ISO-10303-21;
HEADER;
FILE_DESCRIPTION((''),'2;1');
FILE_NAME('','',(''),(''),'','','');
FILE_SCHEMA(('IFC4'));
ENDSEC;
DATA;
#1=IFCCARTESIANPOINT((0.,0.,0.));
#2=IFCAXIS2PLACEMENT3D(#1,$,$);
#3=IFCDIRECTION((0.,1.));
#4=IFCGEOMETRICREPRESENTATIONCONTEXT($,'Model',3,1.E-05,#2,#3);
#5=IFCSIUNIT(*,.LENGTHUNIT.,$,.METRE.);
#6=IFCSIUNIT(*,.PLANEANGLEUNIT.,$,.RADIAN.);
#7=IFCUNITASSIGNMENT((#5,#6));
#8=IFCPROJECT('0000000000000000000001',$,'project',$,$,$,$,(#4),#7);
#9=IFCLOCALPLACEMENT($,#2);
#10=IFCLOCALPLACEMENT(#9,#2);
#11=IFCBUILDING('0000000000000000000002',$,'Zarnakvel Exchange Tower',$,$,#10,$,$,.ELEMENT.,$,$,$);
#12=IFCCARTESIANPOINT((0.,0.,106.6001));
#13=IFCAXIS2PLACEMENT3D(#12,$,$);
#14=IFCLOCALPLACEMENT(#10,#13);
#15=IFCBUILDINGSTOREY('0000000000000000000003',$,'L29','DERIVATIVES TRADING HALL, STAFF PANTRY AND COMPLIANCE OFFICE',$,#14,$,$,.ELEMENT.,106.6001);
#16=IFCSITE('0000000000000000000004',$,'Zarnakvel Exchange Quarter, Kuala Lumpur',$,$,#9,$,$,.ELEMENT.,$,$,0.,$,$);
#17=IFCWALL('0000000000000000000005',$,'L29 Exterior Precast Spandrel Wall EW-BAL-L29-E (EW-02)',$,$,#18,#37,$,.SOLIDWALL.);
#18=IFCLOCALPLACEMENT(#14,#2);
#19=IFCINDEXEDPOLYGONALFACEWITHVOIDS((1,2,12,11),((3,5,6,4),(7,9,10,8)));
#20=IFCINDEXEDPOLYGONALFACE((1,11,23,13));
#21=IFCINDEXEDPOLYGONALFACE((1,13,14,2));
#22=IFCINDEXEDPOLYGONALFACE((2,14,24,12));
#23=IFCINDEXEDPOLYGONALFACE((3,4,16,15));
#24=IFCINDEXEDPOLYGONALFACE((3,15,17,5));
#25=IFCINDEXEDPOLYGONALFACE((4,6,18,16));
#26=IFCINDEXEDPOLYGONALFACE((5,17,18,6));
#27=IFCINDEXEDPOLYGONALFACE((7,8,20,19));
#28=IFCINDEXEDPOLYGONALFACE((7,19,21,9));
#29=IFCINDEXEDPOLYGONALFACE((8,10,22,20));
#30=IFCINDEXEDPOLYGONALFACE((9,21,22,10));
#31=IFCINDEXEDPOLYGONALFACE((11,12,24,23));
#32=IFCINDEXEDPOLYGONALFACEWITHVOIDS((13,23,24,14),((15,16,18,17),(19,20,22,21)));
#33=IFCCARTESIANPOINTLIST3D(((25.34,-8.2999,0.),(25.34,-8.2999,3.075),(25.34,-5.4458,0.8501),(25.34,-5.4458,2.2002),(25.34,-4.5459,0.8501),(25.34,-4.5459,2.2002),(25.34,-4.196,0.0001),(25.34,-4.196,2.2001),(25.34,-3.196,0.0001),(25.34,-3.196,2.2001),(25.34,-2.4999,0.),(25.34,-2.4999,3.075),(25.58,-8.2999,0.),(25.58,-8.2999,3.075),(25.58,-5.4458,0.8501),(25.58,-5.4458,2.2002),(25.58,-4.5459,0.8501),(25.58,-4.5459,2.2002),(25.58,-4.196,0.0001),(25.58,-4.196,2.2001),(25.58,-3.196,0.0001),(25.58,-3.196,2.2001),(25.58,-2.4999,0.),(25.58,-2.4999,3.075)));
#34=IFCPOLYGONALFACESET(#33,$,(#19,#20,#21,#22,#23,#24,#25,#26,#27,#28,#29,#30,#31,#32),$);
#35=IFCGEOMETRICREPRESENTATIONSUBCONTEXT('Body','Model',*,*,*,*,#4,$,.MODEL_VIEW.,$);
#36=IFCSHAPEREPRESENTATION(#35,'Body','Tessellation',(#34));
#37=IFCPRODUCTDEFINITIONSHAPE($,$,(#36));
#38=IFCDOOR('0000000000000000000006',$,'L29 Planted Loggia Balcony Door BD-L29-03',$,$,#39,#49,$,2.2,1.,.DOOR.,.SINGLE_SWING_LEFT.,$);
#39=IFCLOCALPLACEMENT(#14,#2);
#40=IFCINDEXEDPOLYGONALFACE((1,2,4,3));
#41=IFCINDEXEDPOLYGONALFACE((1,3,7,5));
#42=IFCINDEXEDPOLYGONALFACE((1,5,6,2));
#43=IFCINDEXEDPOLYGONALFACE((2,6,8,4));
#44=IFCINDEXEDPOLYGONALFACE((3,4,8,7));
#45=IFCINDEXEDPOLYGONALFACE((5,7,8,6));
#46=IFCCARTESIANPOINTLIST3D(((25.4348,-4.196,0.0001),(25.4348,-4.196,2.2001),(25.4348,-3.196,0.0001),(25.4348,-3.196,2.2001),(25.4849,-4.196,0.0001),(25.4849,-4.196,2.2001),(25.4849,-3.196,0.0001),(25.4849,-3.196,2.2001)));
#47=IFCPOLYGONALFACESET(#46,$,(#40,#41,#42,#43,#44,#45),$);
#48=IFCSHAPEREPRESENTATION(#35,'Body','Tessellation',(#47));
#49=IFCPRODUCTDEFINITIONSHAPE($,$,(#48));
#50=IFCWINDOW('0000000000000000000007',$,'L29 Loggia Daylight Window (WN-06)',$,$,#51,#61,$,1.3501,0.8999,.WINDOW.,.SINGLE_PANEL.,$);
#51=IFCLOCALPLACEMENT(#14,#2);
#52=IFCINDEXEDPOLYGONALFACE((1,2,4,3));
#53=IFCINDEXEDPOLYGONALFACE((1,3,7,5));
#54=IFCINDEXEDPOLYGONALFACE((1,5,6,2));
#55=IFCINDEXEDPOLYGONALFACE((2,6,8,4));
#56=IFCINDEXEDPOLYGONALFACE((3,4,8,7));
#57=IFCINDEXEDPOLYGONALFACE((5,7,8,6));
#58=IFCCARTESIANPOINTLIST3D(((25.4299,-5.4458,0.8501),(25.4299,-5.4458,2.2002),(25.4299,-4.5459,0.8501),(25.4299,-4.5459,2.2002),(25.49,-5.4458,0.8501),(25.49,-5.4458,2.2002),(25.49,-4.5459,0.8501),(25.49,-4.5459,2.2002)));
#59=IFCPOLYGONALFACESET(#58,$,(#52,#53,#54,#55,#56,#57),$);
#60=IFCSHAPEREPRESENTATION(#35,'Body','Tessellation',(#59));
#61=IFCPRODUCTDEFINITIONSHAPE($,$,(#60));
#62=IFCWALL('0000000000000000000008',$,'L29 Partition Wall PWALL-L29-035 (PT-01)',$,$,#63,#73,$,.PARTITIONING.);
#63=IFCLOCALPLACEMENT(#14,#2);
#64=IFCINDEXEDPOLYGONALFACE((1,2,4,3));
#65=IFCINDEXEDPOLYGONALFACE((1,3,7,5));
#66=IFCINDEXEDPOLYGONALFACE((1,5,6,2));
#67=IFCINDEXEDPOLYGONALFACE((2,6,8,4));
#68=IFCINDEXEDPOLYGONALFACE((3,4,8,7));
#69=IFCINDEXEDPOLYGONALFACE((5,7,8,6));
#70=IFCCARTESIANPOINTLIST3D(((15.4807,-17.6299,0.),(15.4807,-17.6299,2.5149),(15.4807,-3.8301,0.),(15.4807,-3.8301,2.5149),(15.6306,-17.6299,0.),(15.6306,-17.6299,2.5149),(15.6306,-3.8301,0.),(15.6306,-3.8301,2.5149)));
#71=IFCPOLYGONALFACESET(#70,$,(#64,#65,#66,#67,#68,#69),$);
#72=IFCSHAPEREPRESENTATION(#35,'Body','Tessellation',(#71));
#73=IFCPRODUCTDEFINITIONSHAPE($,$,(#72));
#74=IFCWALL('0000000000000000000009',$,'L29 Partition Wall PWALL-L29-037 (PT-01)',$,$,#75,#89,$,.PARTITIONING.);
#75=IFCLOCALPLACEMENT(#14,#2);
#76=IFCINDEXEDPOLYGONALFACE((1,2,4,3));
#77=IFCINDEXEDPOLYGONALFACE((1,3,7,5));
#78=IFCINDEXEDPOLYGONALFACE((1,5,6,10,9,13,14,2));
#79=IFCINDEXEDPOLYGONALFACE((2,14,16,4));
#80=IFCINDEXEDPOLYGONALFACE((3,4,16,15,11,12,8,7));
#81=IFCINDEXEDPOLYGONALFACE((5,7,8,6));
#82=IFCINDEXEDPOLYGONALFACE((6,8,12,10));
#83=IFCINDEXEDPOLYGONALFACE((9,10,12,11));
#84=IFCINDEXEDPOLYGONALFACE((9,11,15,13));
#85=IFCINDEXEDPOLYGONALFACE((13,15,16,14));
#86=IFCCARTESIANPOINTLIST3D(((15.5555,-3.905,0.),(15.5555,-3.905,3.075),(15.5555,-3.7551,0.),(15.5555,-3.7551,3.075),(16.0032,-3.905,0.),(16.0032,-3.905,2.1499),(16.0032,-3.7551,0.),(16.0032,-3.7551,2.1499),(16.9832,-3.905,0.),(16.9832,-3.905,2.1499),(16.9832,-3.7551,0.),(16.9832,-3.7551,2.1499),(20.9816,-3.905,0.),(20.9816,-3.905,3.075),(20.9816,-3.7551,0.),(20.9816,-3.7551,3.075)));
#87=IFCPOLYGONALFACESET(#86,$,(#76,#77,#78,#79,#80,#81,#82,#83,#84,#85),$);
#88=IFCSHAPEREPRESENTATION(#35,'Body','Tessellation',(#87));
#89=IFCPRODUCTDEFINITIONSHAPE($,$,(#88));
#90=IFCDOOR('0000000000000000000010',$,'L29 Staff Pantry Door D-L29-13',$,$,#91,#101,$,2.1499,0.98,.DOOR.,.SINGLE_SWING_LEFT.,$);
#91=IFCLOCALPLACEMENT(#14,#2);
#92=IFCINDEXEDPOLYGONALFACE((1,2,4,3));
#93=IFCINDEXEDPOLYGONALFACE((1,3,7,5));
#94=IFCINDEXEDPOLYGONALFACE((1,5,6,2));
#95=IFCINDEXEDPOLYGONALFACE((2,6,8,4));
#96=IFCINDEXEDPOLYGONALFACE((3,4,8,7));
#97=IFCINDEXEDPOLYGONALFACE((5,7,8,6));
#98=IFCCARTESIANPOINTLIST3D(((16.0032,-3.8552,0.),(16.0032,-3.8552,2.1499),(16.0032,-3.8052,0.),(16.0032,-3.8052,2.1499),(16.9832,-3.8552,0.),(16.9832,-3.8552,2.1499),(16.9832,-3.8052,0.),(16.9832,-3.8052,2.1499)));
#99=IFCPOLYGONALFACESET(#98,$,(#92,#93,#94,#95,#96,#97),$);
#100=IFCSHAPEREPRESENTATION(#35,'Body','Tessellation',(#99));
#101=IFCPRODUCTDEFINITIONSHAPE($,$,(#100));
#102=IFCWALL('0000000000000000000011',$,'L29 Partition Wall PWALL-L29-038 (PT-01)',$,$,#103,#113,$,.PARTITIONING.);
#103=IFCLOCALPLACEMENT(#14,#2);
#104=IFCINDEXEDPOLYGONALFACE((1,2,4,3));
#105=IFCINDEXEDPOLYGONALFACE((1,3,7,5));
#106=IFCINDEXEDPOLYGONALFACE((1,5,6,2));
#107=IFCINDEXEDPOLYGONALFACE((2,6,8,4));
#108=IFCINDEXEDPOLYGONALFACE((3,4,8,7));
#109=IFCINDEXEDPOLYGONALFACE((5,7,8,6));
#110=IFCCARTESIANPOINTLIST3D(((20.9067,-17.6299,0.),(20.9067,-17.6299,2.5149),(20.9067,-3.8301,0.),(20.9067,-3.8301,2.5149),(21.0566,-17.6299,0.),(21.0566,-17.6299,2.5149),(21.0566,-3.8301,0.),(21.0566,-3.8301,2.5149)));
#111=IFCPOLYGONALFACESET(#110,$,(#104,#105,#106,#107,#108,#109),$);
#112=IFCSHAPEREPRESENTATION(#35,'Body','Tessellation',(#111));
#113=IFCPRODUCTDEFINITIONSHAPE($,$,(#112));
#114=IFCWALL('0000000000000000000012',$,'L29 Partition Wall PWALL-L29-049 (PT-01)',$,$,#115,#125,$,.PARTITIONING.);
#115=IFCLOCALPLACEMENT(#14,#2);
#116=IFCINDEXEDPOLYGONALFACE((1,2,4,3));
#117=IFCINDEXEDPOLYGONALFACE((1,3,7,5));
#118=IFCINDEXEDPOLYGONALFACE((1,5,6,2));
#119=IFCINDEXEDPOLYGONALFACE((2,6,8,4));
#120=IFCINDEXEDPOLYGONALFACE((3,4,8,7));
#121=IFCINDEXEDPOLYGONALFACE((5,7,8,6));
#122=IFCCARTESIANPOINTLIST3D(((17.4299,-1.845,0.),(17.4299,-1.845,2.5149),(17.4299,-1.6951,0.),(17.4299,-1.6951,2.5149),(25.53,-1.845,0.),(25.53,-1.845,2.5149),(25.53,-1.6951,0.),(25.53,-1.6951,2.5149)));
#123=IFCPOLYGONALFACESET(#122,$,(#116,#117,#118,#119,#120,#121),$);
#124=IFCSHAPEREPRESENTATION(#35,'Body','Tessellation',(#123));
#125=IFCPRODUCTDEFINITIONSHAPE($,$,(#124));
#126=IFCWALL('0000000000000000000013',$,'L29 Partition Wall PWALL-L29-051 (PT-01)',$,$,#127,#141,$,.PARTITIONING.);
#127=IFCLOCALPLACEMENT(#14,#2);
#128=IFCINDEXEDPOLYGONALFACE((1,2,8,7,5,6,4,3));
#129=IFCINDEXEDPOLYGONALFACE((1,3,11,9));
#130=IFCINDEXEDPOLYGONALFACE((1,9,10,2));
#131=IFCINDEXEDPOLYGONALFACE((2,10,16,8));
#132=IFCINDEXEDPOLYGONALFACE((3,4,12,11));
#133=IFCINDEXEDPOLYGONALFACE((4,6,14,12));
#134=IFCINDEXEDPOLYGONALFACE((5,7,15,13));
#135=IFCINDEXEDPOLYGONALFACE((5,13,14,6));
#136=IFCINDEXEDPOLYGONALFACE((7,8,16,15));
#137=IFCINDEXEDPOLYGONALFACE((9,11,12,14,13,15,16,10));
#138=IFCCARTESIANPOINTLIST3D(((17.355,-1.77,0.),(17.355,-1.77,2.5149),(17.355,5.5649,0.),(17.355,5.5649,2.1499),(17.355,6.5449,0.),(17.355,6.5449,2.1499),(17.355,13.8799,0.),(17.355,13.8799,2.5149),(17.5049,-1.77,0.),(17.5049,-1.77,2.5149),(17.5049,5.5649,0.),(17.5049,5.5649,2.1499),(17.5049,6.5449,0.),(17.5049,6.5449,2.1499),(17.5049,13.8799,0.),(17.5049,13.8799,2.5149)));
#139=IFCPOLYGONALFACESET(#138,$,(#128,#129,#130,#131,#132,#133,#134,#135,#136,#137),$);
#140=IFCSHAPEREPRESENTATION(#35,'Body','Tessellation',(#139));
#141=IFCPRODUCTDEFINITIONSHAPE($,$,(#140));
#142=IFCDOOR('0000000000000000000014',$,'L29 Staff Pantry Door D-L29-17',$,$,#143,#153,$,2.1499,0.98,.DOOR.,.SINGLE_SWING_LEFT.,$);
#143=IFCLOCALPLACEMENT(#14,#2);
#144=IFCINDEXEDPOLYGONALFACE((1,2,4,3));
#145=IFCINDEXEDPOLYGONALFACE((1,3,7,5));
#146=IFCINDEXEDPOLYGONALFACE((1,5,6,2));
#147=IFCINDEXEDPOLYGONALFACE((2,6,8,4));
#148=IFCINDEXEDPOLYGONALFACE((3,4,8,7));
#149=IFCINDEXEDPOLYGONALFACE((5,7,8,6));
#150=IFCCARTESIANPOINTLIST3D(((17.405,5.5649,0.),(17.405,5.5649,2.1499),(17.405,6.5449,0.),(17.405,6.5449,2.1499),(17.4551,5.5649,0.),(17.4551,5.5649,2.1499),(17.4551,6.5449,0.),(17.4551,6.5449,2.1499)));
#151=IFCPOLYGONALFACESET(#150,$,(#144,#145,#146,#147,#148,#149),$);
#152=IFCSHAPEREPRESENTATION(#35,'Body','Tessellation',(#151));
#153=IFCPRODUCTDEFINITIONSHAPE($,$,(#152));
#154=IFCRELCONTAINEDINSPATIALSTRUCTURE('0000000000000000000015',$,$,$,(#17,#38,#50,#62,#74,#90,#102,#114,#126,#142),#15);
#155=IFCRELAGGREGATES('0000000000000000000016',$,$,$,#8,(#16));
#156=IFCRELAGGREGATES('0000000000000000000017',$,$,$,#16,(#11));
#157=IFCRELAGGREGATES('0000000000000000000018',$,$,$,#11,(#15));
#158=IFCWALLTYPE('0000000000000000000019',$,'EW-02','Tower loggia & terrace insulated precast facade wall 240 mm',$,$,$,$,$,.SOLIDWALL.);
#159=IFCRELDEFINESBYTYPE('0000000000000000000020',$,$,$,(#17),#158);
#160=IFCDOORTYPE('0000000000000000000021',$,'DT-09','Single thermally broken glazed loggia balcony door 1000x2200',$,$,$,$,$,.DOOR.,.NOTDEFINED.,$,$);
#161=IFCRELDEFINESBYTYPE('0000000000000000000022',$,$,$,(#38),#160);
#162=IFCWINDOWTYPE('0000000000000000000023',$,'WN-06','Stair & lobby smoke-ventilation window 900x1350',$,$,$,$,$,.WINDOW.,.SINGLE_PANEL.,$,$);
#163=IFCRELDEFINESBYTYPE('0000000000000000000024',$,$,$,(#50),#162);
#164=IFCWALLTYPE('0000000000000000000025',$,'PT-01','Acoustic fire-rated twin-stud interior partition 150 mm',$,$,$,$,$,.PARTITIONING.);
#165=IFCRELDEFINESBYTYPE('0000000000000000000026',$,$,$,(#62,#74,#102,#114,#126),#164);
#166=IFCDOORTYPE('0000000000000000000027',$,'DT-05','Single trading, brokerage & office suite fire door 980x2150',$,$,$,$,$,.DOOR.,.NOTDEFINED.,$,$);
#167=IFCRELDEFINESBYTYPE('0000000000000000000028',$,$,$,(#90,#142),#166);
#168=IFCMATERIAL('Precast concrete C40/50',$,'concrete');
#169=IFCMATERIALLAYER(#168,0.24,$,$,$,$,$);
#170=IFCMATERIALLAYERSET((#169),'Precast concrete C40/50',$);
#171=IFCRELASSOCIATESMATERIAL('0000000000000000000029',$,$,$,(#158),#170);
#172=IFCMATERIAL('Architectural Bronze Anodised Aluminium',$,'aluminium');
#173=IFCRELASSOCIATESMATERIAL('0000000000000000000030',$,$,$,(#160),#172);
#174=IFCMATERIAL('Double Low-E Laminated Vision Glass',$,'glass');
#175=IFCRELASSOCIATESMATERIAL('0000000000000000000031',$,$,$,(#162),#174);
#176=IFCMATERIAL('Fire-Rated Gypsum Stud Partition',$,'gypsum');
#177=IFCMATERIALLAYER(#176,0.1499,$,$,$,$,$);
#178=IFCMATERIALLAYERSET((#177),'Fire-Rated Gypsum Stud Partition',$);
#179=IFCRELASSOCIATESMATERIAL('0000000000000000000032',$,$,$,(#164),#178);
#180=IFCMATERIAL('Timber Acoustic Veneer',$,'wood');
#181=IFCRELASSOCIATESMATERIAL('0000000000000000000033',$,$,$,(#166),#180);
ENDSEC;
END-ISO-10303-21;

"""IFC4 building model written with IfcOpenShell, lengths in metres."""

from ifc_helpers import new_model, si_unit, direction, frame, frame_2d, origin, place, context, subcontext, project, spatial, rectangle, extrude, source, transform, mapped, material, layer, layer_set, type_object, element, fill, save


model = new_model("IFC4")

# Units and contexts
model_context = context("Model", 3, precision=1e-05, world=origin(), true_north=direction((0.0, 1.0)))
body_context = subcontext(model_context, "Body", "Model", "MODEL_VIEW")
ifc_project = project(units=[si_unit("LENGTHUNIT", "METRE"), si_unit("PLANEANGLEUNIT", "RADIAN")], contexts=[model_context])

# Site, building, storey
site_placement = place(None, origin())
site = spatial("IfcSite", under=ifc_project, at=site_placement, Name="Zarnakvel Exchange Quarter, Kuala Lumpur", CompositionType="ELEMENT", RefElevation=0.0)
building_placement = place(site_placement, origin())
building = spatial("IfcBuilding", under=site, at=building_placement, Name="Zarnakvel Exchange Tower", CompositionType="ELEMENT")
storey_placement = place(building_placement, frame((0.0, 0.0, 106.6001)))
storey = spatial("IfcBuildingStorey", under=building, at=storey_placement, Name="L29", Description="DERIVATIVES TRADING HALL, STAFF PANTRY AND COMPLIANCE OFFICE", CompositionType="ELEMENT", Elevation=106.6001)

# Shared definitions
ifc_material_1 = material(Name="Architectural Bronze Anodised Aluminium", Category="aluminium")

# Wall, openings, door, window
ifc_material_2 = material(Name="Precast concrete C40/50", Category="concrete")
ifc_layer_1 = layer(ifc_material_2, 0.24)
ifc_layer_set_1 = layer_set([ifc_layer_1], Name="Precast concrete C40/50")
wall_type_1 = type_object("IfcWallType", Name="EW-02", Description="Tower loggia & terrace insulated precast facade wall 240 mm", PredefinedType="SOLIDWALL", material=ifc_layer_set_1)
wall_1_placement = place(storey_placement, frame((25.46, -2.5, 0.0), z_axis=(0.0, 0.0, 1.0), x_axis=(0.0, -1.0, 0.0)))
wall_1 = element("IfcWall", 1, at=wall_1_placement, inside=storey, type_object=wall_type_1, Name="L29 Exterior Precast Spandrel Wall EW-BAL-L29-E (EW-02)", PredefinedType="SOLIDWALL", context=body_context, shape_type="SweptSolid", body=[
    extrude(rectangle(XDim=5.8, YDim=0.24, at=frame_2d((2.8999, 0.0))), origin(), (0.0, 0.0, 1.0), 3.075),
])
opening_1_placement = place(wall_1_placement, frame((0.696, 0.0, 0.0)))
opening_1 = element("IfcOpeningElement", 2, at=opening_1_placement, cuts=wall_1, PredefinedType="OPENING", context=body_context, shape_type="SweptSolid", body=[
    extrude(rectangle(XDim=1.0, YDim=2.2, at=frame_2d((0.5, 1.1001))), frame((0.0, 0.1299, 0.0), z_axis=(0.0, -1.0, 0.0), x_axis=(1.0, 0.0, 0.0)), (0.0, 0.0, 1.0), 0.26),
])
opening_2_placement = place(wall_1_placement, frame((2.0459, 0.0, 0.8501)))
opening_2 = element("IfcOpeningElement", 3, at=opening_2_placement, cuts=wall_1, PredefinedType="OPENING", context=body_context, shape_type="SweptSolid", body=[
    extrude(rectangle(XDim=0.8999, YDim=1.3501, at=frame_2d((0.45, 0.675))), frame((0.0, 0.1299, 0.0), z_axis=(0.0, -1.0, 0.0), x_axis=(1.0, 0.0, 0.0)), (0.0, 0.0, 1.0), 0.26),
])
door_type_1 = type_object("IfcDoorType", Name="DT-09", Description="Single thermally broken glazed loggia balcony door 1000x2200", OperationType="NOTDEFINED", PredefinedType="DOOR", material=ifc_material_1)
shared_shape_1 = source(origin(), body_context, "Body", "SweptSolid", [
    extrude(rectangle(XDim=1.0, YDim=2.2, at=frame_2d((0.5, 1.1001))), frame((0.0, 0.0249, 0.0), z_axis=(0.0, -1.0, 0.0), x_axis=(1.0, 0.0, 0.0)), (0.0, 0.0, 1.0), 0.05),
])
door_1_placement = place(opening_1_placement, origin())
door_1 = element("IfcDoor", 4, at=door_1_placement, inside=storey, type_object=door_type_1, Name="L29 Planted Loggia Balcony Door BD-L29-03", OperationType="SINGLE_SWING_LEFT", OverallHeight=2.2, OverallWidth=1.0, PredefinedType="DOOR", context=body_context, shape_type="MappedRepresentation", body=[
    mapped(shared_shape_1, transform((0.0, 0.0, 0.0), x_axis=(1.0, 0.0, 0.0), y_axis=(0.0, 1.0, 0.0), z_axis=(0.0, 0.0, 1.0), scale=1.0)),
])
fill(opening_1, door_1)
ifc_material_3 = material(Name="Double Low-E Laminated Vision Glass", Category="glass")
window_type = type_object("IfcWindowType", Name="WN-06", Description="Stair & lobby smoke-ventilation window 900x1350", PartitioningType="SINGLE_PANEL", PredefinedType="WINDOW", material=ifc_material_3)
shared_shape_2 = source(origin(), body_context, "Body", "SweptSolid", [
    extrude(rectangle(XDim=0.8999, YDim=1.3501, at=frame_2d((0.45, 0.675))), frame((0.0, 0.03, 0.0), z_axis=(0.0, -1.0, 0.0), x_axis=(1.0, 0.0, 0.0)), (0.0, 0.0, 1.0), 0.0601),
])
window_placement = place(opening_2_placement, origin())
window = element("IfcWindow", 5, at=window_placement, inside=storey, type_object=window_type, Name="L29 Loggia Daylight Window (WN-06)", OverallHeight=1.3501, OverallWidth=0.8999, PartitioningType="SINGLE_PANEL", PredefinedType="WINDOW", context=body_context, shape_type="MappedRepresentation", body=[
    mapped(shared_shape_2, transform((0.0, 0.0, 0.0), x_axis=(1.0, 0.0, 0.0), y_axis=(0.0, 1.0, 0.0), z_axis=(0.0, 0.0, 1.0), scale=1.0)),
])
fill(opening_2, window)

# Wall
ifc_material_4 = material(Name="Fire-Rated Gypsum Stud Partition", Category="gypsum")
ifc_layer_2 = layer(ifc_material_4, 0.1499)
ifc_layer_set_2 = layer_set([ifc_layer_2], Name="Fire-Rated Gypsum Stud Partition")
wall_type_2 = type_object("IfcWallType", Name="PT-01", Description="Acoustic fire-rated twin-stud interior partition 150 mm", PredefinedType="PARTITIONING", material=ifc_layer_set_2)
wall_2_placement = place(storey_placement, frame((15.5557, -3.8301, 0.0), z_axis=(0.0, 0.0, 1.0), x_axis=(0.0, -1.0, 0.0)))
element("IfcWall", 6, at=wall_2_placement, inside=storey, type_object=wall_type_2, Name="L29 Partition Wall PWALL-L29-035 (PT-01)", PredefinedType="PARTITIONING", context=body_context, shape_type="SweptSolid", body=[
    extrude(rectangle(XDim=13.7998, YDim=0.1499, at=frame_2d((6.8999, 0.0))), origin(), (0.0, 0.0, 1.0), 2.5149),
])

# Wall, opening, door
wall_3_placement = place(storey_placement, frame((15.5557, -3.8301, 0.0), z_axis=(0.0, 0.0, 1.0), x_axis=(1.0, 0.0, 0.0)))
wall_3 = element("IfcWall", 7, at=wall_3_placement, inside=storey, type_object=wall_type_2, Name="L29 Partition Wall PWALL-L29-037 (PT-01)", PredefinedType="PARTITIONING", context=body_context, shape_type="SweptSolid", body=[
    extrude(rectangle(XDim=5.426, YDim=0.1499, at=frame_2d((2.7129, 0.0))), origin(), (0.0, 0.0, 1.0), 3.075),
])
opening_3_placement = place(wall_3_placement, frame((0.4475, 0.0, 0.0)))
opening_3 = element("IfcOpeningElement", 8, at=opening_3_placement, cuts=wall_3, PredefinedType="OPENING", context=body_context, shape_type="SweptSolid", body=[
    extrude(rectangle(XDim=0.98, YDim=2.1499, at=frame_2d((0.49, 1.075))), frame((0.0, 0.085, 0.0), z_axis=(0.0, -1.0, 0.0), x_axis=(1.0, 0.0, 0.0)), (0.0, 0.0, 1.0), 0.1699),
])
ifc_material_5 = material(Name="Timber Acoustic Veneer", Category="wood")
door_type_2 = type_object("IfcDoorType", Name="DT-05", Description="Single trading, brokerage & office suite fire door 980x2150", OperationType="NOTDEFINED", PredefinedType="DOOR", material=ifc_material_5)
shared_shape_3 = source(origin(), body_context, "Body", "SweptSolid", [
    extrude(rectangle(XDim=0.98, YDim=2.1499, at=frame_2d((0.49, 1.075))), frame((0.0, 0.0249, 0.0), z_axis=(0.0, -1.0, 0.0), x_axis=(1.0, 0.0, 0.0)), (0.0, 0.0, 1.0), 0.05),
])
door_2_placement = place(opening_3_placement, origin())
door_2 = element("IfcDoor", 9, at=door_2_placement, inside=storey, type_object=door_type_2, Name="L29 Staff Pantry Door D-L29-13", OperationType="SINGLE_SWING_LEFT", OverallHeight=2.1499, OverallWidth=0.98, PredefinedType="DOOR", context=body_context, shape_type="MappedRepresentation", body=[
    mapped(shared_shape_3, transform((0.0, 0.0, 0.0), x_axis=(1.0, 0.0, 0.0), y_axis=(0.0, 1.0, 0.0), z_axis=(0.0, 0.0, 1.0), scale=1.0)),
])
fill(opening_3, door_2)

# Walls
wall_4_placement = place(storey_placement, frame((20.9817, -3.8301, 0.0), z_axis=(0.0, 0.0, 1.0), x_axis=(0.0, -1.0, 0.0)))
element("IfcWall", 10, at=wall_4_placement, inside=storey, type_object=wall_type_2, Name="L29 Partition Wall PWALL-L29-038 (PT-01)", PredefinedType="PARTITIONING", context=body_context, shape_type="SweptSolid", body=[
    extrude(rectangle(XDim=13.7998, YDim=0.1499, at=frame_2d((6.8999, 0.0))), origin(), (0.0, 0.0, 1.0), 2.5149),
])
wall_5_placement = place(storey_placement, frame((25.53, -1.77, 0.0), z_axis=(0.0, 0.0, 1.0), x_axis=(-1.0, 0.0, 0.0)))
element("IfcWall", 11, at=wall_5_placement, inside=storey, type_object=wall_type_2, Name="L29 Partition Wall PWALL-L29-049 (PT-01)", PredefinedType="PARTITIONING", context=body_context, shape_type="SweptSolid", body=[
    extrude(rectangle(XDim=8.1001, YDim=0.1499, at=frame_2d((4.05, 0.0))), origin(), (0.0, 0.0, 1.0), 2.5149),
])

# Wall, opening, door
wall_6_placement = place(storey_placement, frame((17.4299, -1.77, 0.0), z_axis=(0.0, 0.0, 1.0), x_axis=(0.0, 1.0, 0.0)))
wall_6 = element("IfcWall", 12, at=wall_6_placement, inside=storey, type_object=wall_type_2, Name="L29 Partition Wall PWALL-L29-051 (PT-01)", PredefinedType="PARTITIONING", context=body_context, shape_type="SweptSolid", body=[
    extrude(rectangle(XDim=15.6499, YDim=0.1499, at=frame_2d((7.825, 0.0))), origin(), (0.0, 0.0, 1.0), 2.5149),
])
opening_4_placement = place(wall_6_placement, frame((7.335, 0.0, 0.0)))
opening_4 = element("IfcOpeningElement", 13, at=opening_4_placement, cuts=wall_6, PredefinedType="OPENING", context=body_context, shape_type="SweptSolid", body=[
    extrude(rectangle(XDim=0.98, YDim=2.1499, at=frame_2d((0.49, 1.075))), frame((0.0, 0.085, 0.0), z_axis=(0.0, -1.0, 0.0), x_axis=(1.0, 0.0, 0.0)), (0.0, 0.0, 1.0), 0.1699),
])
door_3_placement = place(opening_4_placement, origin())
door_3 = element("IfcDoor", 14, at=door_3_placement, inside=storey, type_object=door_type_2, Name="L29 Staff Pantry Door D-L29-17", OperationType="SINGLE_SWING_LEFT", OverallHeight=2.1499, OverallWidth=0.98, PredefinedType="DOOR", context=body_context, shape_type="MappedRepresentation", body=[
    mapped(shared_shape_3, transform((0.0, 0.0, 0.0), x_axis=(1.0, 0.0, 0.0), y_axis=(0.0, 1.0, 0.0), z_axis=(0.0, 0.0, 1.0), scale=1.0)),
])
fill(opening_4, door_3)

save(model, "model.ifc")
